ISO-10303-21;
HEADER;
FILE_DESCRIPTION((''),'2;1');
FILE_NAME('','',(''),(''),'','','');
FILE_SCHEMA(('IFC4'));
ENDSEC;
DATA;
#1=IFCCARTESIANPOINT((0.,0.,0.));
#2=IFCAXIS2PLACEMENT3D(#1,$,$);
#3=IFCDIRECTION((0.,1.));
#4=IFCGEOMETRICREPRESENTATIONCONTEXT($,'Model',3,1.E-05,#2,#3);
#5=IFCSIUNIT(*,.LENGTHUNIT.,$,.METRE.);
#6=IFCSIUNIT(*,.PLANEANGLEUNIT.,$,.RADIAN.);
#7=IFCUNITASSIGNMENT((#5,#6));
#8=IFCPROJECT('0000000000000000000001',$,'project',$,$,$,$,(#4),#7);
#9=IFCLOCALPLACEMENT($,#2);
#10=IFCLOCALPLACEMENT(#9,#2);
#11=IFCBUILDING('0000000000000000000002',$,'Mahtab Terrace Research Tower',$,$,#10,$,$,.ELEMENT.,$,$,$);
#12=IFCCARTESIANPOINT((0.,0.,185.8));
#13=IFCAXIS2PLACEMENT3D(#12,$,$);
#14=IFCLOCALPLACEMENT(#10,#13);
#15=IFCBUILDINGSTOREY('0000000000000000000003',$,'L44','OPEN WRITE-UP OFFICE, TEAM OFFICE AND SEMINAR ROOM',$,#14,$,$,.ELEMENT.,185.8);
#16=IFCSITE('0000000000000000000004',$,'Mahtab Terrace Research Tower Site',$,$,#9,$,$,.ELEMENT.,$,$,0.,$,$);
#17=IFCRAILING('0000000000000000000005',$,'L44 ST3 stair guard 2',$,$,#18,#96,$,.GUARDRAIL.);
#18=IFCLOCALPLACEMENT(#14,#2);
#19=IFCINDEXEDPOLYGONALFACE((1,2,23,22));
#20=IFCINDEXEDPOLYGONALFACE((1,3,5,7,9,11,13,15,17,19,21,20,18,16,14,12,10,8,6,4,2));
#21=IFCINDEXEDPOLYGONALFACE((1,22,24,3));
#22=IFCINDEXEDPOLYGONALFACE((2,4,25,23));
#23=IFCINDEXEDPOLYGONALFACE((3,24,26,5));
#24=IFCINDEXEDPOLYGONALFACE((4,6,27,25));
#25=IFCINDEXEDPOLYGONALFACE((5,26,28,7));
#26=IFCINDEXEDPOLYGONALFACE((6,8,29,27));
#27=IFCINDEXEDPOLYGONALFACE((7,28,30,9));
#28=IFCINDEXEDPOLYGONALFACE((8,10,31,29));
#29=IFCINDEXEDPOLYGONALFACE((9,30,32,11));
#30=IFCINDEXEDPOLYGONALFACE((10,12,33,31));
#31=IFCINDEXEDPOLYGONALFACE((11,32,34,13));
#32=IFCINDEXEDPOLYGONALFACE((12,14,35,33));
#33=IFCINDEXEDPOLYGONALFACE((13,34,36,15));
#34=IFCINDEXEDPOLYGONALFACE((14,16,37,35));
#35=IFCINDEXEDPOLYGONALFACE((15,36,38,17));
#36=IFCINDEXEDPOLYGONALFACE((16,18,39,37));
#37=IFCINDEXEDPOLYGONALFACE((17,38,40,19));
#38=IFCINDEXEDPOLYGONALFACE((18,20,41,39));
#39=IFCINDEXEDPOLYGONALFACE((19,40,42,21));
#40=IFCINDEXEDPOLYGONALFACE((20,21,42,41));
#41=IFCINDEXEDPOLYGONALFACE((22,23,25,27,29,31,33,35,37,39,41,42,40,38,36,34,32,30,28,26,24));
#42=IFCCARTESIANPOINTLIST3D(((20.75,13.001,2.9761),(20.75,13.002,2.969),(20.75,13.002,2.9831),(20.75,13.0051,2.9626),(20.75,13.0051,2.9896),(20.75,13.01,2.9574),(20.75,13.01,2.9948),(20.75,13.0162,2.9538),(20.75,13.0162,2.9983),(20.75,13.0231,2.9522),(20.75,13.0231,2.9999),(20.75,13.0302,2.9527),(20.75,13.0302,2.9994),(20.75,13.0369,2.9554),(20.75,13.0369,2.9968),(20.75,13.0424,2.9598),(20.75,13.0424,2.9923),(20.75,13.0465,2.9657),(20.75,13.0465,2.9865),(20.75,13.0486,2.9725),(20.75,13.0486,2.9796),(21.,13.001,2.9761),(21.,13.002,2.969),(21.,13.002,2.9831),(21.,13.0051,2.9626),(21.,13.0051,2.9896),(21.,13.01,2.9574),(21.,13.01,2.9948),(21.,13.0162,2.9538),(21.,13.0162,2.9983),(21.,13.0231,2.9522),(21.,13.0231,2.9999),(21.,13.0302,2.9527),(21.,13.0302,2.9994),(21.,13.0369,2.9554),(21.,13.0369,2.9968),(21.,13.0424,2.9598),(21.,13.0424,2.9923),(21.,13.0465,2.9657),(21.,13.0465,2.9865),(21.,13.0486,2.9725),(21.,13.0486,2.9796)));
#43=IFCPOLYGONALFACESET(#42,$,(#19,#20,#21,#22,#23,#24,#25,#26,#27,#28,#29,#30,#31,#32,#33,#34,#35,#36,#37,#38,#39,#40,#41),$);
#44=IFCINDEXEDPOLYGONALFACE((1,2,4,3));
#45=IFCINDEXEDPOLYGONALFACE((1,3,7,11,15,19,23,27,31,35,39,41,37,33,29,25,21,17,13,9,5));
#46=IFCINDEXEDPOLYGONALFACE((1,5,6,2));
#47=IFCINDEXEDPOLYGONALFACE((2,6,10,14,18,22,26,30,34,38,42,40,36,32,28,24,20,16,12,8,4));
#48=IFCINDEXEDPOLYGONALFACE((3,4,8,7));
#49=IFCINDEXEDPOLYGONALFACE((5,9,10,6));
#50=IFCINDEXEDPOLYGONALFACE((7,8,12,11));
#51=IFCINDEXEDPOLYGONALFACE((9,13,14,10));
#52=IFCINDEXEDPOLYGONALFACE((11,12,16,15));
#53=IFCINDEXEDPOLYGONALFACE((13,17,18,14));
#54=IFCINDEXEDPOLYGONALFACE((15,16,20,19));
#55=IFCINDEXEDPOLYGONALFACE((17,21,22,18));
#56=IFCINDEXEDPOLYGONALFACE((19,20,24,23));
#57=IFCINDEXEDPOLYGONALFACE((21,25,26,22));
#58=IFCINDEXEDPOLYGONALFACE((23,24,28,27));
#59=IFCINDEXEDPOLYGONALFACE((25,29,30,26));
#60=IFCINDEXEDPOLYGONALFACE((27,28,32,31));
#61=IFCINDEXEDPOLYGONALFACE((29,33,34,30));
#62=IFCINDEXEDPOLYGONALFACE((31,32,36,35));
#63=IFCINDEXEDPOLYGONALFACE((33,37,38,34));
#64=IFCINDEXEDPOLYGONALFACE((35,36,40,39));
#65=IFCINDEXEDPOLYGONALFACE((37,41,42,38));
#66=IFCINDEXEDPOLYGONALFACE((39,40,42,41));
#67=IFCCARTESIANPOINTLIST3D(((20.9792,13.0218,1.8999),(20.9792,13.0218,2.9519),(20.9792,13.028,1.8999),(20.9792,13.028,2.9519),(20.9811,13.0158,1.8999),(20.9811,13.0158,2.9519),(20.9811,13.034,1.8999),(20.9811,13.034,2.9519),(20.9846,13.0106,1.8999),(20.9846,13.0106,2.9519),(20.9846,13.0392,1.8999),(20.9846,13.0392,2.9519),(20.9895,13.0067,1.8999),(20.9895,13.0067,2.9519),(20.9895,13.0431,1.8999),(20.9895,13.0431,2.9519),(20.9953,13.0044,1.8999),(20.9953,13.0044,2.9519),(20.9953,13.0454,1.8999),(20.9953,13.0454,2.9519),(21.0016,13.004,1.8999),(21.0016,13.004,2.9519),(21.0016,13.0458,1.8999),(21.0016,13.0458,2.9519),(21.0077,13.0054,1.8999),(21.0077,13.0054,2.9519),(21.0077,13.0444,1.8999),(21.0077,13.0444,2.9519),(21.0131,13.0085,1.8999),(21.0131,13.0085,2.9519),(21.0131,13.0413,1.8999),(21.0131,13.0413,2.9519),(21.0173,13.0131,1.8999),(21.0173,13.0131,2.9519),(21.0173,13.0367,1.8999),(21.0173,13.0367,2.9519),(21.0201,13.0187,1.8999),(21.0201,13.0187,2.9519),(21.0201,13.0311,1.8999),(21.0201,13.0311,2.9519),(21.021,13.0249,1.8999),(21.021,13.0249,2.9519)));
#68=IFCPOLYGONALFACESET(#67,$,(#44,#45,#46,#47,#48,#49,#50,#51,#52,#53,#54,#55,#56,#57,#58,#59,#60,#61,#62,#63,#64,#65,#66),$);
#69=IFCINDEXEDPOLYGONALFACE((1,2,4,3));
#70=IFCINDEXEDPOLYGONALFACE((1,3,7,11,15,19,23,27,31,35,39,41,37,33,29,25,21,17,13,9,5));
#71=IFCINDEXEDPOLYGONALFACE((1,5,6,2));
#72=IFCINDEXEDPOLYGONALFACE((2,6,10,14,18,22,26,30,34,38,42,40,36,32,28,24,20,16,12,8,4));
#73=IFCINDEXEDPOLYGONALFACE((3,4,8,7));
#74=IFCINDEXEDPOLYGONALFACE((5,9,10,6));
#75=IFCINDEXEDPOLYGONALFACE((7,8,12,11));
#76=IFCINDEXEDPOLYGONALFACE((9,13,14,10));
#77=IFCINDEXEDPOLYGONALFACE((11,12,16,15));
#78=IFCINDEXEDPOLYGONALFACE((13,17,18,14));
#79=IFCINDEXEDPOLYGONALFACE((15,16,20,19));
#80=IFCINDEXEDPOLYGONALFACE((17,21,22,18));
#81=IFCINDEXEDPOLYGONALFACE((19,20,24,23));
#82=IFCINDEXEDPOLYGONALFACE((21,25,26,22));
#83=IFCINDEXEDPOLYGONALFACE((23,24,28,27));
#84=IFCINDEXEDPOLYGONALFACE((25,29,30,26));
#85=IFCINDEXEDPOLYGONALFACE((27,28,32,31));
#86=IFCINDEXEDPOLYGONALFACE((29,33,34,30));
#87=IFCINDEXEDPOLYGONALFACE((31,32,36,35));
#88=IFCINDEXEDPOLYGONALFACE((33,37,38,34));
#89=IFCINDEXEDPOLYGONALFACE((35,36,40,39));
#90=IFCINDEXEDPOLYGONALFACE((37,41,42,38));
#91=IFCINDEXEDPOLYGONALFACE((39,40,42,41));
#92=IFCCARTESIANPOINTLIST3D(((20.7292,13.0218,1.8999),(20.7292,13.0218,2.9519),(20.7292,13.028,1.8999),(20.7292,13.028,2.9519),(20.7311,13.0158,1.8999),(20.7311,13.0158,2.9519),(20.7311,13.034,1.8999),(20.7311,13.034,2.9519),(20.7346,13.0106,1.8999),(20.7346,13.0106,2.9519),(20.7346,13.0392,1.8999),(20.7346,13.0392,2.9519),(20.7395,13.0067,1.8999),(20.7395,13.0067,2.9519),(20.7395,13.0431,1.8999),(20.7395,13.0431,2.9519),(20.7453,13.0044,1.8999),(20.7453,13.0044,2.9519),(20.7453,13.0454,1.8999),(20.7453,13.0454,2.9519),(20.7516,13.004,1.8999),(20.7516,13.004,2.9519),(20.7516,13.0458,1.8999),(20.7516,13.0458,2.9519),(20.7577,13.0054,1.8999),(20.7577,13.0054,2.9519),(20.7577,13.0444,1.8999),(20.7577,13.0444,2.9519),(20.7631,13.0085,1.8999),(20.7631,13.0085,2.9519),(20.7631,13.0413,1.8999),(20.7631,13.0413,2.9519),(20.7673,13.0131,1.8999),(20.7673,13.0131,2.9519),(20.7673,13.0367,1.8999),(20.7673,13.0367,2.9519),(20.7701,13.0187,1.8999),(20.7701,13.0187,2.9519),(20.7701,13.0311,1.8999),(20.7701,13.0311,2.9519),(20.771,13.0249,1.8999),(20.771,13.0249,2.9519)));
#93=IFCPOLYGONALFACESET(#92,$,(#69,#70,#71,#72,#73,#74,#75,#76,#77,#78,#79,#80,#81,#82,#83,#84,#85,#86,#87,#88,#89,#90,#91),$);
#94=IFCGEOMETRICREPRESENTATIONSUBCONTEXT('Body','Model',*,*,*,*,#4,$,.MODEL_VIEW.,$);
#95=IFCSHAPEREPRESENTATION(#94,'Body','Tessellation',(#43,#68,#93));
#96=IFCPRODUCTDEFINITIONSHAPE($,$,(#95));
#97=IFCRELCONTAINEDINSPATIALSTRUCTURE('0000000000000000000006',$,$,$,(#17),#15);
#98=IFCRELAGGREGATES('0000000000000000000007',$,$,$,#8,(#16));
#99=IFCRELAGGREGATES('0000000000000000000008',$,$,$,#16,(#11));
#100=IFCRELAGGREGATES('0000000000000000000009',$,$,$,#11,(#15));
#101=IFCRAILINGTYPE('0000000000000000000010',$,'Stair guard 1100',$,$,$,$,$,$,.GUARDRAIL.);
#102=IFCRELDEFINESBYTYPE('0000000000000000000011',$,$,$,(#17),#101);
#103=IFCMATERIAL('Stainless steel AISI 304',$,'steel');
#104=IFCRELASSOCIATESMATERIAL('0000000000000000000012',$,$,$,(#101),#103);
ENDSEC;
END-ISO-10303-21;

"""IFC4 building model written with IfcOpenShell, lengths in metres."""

from ifc_helpers import new_model, si_unit, direction, frame, origin, origin_2d, place, context, subcontext, project, spatial, circle, extrude, material, type_object, element, save


model = new_model("IFC4")

# Units and contexts
model_context = context("Model", 3, precision=1e-05, world=origin(), true_north=direction((0.0, 1.0)))
body_context = subcontext(model_context, "Body", "Model", "MODEL_VIEW")
ifc_project = project(units=[si_unit("LENGTHUNIT", "METRE"), si_unit("PLANEANGLEUNIT", "RADIAN")], contexts=[model_context])

# Site, building, storey
site_placement = place(None, origin())
site = spatial("IfcSite", under=ifc_project, at=site_placement, Name="Mahtab Terrace Research Tower Site", CompositionType="ELEMENT", RefElevation=0.0)
building_placement = place(site_placement, origin())
building = spatial("IfcBuilding", under=site, at=building_placement, Name="Mahtab Terrace Research Tower", CompositionType="ELEMENT")
storey_placement = place(building_placement, frame((0.0, 0.0, 185.8)))
storey = spatial("IfcBuildingStorey", under=building, at=storey_placement, Name="L44", Description="OPEN WRITE-UP OFFICE, TEAM OFFICE AND SEMINAR ROOM", CompositionType="ELEMENT", Elevation=185.8)

# Shared definitions
ifc_material_1 = material(Name="Stainless steel AISI 304", Category="steel")

# Railing
railing_type_1 = type_object("IfcRailingType", Name="Stair guard 1100", PredefinedType="GUARDRAIL", material=ifc_material_1)
railing_1_placement = place(storey_placement, frame((21.0, 13.0249, 1.8999)))
element("IfcRailing", 1, at=railing_1_placement, inside=storey, type_object=railing_type_1, Name="L44 ST3 stair guard 2", PredefinedType="GUARDRAIL", context=body_context, shape_type="SweptSolid", body=[
    extrude(circle(Radius=0.0239, at=origin_2d()), frame((0.0, 0.0, 1.0762), z_axis=(-1.0, 0.0, 0.0), x_axis=(0.0, -1.0, 0.0)), (0.0, 0.0, 1.0), 0.25),
    extrude(circle(Radius=0.021, at=origin_2d()), origin(), (0.0, 0.0, 1.0), 1.052),
    extrude(circle(Radius=0.021, at=origin_2d()), frame((-0.25, 0.0, 0.0)), (0.0, 0.0, 1.0), 1.052),
])

save(model, "model.ifc")
